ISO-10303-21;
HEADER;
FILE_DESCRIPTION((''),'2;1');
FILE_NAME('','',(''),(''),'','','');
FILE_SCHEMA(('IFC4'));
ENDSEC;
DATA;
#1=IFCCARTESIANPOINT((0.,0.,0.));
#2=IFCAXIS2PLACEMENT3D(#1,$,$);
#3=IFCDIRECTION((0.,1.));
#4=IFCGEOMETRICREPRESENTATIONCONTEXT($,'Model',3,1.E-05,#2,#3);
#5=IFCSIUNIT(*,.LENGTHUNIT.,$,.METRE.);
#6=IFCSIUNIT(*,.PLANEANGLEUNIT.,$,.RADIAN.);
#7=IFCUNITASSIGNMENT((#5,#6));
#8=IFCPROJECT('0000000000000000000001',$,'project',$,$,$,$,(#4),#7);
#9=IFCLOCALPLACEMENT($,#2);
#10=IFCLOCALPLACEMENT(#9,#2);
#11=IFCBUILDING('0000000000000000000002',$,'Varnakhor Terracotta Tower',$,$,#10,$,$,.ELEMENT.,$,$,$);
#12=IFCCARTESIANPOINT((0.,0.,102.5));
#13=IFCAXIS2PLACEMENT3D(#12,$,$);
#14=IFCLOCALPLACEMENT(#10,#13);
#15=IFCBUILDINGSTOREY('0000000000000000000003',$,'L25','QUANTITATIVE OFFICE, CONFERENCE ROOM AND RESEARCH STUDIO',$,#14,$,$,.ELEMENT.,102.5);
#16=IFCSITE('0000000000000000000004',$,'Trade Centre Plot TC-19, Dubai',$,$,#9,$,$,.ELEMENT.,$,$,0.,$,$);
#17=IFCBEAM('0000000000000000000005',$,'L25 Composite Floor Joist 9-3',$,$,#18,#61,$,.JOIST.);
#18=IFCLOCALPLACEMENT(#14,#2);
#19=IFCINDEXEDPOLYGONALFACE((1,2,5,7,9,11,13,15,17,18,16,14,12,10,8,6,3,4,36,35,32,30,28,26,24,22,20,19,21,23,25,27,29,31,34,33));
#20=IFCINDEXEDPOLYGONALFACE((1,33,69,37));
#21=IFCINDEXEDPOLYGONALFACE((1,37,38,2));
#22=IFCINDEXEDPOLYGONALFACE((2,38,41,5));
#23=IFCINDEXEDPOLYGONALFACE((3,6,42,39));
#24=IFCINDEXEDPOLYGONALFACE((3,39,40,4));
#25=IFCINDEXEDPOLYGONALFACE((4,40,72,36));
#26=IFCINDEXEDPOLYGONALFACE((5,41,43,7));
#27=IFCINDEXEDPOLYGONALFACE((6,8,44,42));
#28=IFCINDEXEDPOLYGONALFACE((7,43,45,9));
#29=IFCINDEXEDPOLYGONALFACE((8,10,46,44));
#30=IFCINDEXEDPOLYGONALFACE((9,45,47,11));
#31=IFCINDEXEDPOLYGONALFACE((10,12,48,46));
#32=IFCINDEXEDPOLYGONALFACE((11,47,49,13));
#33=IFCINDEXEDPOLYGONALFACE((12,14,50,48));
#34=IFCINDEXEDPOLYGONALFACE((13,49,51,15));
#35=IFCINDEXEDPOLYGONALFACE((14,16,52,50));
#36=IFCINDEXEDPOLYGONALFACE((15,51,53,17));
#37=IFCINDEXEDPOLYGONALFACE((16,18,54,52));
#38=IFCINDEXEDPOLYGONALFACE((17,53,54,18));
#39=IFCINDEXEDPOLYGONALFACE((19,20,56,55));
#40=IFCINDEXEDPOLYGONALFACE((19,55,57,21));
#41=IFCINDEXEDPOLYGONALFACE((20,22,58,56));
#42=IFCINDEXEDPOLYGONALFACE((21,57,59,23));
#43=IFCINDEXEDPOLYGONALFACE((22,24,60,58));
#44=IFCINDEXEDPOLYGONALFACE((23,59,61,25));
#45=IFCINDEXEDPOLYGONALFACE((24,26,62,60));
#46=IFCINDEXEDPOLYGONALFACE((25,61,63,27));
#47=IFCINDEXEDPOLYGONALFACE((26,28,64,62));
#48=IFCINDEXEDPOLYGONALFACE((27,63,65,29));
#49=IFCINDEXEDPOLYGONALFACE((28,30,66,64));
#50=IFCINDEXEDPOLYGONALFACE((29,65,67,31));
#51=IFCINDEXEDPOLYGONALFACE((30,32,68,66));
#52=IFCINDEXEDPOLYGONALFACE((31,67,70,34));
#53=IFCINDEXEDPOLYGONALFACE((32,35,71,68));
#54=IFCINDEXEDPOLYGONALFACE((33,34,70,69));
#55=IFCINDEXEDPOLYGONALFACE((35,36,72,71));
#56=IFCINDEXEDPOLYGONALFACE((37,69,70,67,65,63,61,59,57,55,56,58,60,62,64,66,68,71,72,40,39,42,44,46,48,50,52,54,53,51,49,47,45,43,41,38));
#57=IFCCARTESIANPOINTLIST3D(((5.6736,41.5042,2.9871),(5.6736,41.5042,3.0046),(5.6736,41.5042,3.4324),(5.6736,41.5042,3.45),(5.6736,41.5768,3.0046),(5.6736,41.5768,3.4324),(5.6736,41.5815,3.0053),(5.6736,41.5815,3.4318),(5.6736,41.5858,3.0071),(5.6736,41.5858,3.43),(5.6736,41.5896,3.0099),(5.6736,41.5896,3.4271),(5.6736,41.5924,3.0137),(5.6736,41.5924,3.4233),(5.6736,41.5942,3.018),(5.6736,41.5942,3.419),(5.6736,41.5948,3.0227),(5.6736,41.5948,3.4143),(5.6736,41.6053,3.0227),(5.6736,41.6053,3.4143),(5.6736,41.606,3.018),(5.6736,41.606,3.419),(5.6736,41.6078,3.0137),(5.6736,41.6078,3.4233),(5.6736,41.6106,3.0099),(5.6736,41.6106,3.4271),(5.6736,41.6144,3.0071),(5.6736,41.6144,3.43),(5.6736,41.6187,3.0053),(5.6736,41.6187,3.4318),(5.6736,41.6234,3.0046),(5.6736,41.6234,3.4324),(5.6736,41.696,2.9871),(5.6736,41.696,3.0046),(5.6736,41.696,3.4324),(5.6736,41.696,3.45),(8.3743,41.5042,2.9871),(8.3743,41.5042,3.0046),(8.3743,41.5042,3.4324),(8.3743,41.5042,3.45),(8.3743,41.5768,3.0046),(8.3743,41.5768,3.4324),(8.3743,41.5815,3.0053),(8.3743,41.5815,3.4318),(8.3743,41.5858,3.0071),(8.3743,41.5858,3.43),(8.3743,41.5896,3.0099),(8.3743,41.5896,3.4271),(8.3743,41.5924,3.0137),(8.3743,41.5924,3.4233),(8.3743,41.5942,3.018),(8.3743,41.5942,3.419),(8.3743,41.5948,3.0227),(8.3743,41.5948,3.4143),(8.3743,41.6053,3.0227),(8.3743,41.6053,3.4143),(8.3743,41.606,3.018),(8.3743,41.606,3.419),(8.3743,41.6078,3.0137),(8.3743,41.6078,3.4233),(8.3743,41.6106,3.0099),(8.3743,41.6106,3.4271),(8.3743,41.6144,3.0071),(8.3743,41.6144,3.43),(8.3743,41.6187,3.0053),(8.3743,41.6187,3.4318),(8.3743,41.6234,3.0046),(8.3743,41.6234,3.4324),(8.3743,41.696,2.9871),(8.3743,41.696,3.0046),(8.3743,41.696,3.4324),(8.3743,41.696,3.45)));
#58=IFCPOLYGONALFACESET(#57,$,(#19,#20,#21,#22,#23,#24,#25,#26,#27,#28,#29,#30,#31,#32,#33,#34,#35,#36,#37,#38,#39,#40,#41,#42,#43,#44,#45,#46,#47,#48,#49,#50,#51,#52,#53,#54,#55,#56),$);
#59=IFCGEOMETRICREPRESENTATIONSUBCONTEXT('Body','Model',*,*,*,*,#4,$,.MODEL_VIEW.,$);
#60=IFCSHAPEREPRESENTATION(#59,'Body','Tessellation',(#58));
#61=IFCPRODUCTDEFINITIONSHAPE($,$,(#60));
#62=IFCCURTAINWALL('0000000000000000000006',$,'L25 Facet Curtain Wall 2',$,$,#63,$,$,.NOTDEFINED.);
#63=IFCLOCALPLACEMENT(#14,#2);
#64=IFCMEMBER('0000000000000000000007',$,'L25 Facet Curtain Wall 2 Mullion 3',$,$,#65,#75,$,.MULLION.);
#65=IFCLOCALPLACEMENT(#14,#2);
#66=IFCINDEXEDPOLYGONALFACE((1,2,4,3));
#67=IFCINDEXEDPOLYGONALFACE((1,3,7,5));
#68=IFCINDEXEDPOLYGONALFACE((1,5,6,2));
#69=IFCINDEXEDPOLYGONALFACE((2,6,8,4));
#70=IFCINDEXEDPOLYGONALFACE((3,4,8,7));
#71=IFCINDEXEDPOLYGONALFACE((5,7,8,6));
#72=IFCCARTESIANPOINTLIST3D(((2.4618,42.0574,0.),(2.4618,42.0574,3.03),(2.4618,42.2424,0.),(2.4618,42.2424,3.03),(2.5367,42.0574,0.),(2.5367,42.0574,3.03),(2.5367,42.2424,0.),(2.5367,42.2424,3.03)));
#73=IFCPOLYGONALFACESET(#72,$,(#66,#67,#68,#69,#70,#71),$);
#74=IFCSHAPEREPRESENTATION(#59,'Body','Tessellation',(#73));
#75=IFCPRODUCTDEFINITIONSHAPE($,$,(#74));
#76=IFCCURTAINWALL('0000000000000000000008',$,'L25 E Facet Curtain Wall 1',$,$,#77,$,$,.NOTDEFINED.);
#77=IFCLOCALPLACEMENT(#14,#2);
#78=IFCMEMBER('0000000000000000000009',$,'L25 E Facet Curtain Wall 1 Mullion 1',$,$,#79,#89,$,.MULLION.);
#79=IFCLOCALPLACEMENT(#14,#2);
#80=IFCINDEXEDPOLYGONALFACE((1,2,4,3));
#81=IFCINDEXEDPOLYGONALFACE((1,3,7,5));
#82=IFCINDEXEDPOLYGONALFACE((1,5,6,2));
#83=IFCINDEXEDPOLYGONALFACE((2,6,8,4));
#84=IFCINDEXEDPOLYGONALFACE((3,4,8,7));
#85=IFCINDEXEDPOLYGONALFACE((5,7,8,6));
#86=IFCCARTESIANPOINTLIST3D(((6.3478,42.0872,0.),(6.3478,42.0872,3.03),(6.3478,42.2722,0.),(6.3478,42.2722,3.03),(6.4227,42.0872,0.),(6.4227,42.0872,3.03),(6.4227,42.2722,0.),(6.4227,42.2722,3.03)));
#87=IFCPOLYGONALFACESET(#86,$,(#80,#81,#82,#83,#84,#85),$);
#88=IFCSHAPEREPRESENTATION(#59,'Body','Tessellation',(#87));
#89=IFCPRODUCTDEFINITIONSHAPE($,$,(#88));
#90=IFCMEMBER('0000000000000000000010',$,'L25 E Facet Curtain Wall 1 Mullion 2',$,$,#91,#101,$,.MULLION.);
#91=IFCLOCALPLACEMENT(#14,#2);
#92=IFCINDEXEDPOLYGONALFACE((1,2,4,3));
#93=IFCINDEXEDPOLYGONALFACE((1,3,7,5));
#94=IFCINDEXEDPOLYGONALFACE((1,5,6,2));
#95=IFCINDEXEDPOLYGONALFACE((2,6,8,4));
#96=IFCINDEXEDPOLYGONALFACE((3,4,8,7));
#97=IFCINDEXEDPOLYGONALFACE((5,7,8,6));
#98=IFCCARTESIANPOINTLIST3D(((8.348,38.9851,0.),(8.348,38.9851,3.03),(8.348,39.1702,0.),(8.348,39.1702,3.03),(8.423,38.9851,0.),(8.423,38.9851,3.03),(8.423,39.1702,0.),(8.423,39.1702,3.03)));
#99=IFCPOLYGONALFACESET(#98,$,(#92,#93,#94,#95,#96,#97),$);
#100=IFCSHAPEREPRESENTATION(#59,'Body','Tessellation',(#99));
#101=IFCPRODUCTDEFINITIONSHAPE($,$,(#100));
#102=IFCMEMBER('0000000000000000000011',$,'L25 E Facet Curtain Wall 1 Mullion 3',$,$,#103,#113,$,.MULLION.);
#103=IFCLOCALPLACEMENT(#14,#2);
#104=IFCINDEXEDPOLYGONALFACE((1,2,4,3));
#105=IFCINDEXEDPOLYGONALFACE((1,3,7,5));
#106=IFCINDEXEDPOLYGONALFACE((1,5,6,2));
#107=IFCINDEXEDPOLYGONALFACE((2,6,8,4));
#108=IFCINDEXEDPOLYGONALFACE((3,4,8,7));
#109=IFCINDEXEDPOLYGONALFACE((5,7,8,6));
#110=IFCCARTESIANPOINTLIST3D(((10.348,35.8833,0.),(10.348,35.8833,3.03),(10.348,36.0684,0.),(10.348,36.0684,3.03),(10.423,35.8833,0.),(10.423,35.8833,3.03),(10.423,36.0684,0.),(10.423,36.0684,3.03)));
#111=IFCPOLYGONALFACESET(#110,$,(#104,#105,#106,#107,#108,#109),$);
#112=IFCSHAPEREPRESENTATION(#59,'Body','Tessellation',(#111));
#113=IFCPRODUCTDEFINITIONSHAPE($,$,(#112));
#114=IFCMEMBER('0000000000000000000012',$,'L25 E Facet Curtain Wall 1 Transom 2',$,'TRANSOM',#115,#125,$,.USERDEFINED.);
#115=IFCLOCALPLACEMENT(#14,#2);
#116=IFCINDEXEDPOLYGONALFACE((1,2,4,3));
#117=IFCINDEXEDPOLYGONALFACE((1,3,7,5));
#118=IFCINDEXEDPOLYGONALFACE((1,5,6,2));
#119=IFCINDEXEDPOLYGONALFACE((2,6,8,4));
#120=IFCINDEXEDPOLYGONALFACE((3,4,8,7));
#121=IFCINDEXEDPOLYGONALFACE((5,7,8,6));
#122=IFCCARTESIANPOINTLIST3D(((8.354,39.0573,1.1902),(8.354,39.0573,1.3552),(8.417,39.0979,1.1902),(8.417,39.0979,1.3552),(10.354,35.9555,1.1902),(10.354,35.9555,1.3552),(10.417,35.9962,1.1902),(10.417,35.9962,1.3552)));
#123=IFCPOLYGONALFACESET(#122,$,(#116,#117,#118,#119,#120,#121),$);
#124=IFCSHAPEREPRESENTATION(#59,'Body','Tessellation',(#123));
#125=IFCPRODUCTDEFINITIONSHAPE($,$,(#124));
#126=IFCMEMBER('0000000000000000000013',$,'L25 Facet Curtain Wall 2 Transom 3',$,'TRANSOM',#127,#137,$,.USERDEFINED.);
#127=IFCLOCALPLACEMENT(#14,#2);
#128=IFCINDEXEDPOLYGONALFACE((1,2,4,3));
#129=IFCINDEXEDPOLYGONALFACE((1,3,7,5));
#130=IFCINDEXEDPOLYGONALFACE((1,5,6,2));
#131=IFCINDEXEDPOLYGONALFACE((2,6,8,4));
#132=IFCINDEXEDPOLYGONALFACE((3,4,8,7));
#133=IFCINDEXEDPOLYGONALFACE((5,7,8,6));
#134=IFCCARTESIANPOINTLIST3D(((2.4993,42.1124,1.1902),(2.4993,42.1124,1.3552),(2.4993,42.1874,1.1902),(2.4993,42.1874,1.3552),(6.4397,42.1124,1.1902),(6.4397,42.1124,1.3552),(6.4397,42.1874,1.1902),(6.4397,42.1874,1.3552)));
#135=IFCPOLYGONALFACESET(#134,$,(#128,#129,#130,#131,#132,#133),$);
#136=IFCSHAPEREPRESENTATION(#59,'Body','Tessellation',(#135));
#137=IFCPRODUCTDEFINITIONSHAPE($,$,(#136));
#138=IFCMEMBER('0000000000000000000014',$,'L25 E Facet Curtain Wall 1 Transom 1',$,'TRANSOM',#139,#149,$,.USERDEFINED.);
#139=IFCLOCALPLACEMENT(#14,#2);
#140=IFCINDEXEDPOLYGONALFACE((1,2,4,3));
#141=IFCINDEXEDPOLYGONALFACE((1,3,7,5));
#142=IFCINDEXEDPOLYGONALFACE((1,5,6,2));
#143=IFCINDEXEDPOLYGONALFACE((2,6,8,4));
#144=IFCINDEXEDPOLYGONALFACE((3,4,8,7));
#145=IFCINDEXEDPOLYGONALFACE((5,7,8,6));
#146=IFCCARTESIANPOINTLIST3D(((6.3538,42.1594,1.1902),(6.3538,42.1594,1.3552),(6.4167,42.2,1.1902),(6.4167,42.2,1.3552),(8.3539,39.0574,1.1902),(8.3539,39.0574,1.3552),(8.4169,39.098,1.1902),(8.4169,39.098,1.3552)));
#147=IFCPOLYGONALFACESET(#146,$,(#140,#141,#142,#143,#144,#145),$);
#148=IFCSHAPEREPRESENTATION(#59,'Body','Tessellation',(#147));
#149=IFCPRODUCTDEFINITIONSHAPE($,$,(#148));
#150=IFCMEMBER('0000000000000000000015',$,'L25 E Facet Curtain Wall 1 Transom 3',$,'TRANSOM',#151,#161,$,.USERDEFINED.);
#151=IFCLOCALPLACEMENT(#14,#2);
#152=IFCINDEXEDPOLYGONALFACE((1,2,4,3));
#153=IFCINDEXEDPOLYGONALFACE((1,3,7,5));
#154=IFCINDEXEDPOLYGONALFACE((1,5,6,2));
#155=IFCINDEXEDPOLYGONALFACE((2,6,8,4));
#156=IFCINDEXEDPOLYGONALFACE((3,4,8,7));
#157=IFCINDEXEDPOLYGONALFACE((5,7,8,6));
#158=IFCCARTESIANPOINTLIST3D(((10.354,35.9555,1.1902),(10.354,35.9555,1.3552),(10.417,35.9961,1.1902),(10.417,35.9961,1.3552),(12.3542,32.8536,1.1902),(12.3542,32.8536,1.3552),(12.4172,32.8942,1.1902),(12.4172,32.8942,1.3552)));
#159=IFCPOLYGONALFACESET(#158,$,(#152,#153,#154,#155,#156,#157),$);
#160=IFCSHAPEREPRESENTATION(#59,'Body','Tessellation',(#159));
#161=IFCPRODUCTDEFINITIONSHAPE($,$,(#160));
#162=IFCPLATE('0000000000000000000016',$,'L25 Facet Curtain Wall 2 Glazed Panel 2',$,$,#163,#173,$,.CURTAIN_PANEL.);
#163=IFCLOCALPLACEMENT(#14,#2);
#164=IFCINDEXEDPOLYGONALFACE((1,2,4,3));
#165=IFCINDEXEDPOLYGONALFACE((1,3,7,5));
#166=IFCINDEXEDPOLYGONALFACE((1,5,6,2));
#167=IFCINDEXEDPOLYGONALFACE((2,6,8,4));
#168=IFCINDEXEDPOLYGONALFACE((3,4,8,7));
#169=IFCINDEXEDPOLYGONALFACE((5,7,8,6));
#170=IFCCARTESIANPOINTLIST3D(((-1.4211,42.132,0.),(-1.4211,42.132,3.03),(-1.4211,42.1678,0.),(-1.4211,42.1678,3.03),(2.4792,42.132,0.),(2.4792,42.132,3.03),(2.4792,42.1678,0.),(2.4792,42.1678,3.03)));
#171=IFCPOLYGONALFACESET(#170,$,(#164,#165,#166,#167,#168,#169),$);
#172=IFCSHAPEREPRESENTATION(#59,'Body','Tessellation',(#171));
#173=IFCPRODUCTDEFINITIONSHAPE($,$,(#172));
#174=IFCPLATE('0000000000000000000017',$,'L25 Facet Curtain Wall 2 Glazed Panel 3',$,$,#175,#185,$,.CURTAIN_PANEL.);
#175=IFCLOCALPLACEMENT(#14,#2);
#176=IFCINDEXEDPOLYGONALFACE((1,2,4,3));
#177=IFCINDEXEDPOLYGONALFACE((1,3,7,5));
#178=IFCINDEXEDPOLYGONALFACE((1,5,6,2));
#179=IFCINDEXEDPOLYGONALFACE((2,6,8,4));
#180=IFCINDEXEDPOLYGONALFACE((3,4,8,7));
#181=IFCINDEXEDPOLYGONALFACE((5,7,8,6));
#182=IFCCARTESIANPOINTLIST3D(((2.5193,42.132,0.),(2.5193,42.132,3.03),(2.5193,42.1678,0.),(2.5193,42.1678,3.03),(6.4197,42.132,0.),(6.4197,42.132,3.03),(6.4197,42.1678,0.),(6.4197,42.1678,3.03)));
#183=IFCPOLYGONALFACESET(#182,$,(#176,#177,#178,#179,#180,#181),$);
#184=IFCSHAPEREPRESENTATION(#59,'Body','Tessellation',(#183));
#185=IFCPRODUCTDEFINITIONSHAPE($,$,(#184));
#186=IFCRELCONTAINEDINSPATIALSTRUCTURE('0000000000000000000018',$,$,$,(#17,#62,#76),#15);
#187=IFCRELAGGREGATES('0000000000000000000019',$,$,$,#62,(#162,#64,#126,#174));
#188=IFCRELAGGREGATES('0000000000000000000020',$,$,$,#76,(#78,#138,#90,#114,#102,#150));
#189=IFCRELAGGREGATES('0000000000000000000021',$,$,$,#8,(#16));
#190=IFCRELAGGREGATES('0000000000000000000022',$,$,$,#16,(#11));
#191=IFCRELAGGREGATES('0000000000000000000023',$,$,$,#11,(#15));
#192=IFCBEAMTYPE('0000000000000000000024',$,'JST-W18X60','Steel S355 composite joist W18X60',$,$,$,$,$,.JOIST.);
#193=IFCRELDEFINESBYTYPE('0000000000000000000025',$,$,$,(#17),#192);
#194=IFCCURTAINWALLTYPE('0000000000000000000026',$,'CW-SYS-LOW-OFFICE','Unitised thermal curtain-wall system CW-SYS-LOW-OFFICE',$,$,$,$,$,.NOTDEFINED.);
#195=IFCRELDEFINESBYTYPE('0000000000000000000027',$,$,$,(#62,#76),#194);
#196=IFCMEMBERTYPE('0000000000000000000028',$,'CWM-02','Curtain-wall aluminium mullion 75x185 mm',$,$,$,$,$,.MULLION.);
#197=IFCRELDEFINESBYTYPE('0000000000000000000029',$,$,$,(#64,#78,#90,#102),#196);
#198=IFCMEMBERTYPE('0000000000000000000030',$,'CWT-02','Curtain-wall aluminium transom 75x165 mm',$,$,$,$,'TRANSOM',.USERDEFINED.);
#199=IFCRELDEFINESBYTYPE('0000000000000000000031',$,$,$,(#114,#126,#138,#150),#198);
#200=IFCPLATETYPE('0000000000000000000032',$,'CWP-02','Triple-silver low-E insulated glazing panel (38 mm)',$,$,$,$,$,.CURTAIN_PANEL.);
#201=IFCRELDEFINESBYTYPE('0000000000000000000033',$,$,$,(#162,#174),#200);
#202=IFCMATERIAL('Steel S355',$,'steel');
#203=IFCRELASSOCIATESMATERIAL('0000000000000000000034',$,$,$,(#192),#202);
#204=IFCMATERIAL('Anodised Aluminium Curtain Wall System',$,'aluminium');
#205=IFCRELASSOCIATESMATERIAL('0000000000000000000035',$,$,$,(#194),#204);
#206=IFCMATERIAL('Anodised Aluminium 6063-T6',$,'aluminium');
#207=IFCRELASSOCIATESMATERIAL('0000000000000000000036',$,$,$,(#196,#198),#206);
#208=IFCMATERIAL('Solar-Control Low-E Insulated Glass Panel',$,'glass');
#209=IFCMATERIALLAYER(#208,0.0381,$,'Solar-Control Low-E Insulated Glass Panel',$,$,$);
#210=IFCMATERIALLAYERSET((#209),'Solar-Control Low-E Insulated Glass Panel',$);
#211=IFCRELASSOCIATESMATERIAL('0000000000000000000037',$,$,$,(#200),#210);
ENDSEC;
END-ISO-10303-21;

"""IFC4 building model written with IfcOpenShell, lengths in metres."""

from ifc_helpers import new_model, si_unit, direction, frame, origin, origin_2d, place, context, subcontext, project, spatial, rectangle, i_section, extrude, source, transform, mapped, material, layer, layer_set, material_profile, profile_set, type_object, type_shapes, element, aggregate, save


model = new_model("IFC4")

# Units and contexts
model_context = context("Model", 3, precision=1e-05, world=origin(), true_north=direction((0.0, 1.0)))
body_context = subcontext(model_context, "Body", "Model", "MODEL_VIEW")
ifc_project = project(units=[si_unit("LENGTHUNIT", "METRE"), si_unit("PLANEANGLEUNIT", "RADIAN")], contexts=[model_context])

# Site, building, storey
site_placement = place(None, origin())
site = spatial("IfcSite", under=ifc_project, at=site_placement, Name="Trade Centre Plot TC-19, Dubai", CompositionType="ELEMENT", RefElevation=0.0)
building_placement = place(site_placement, origin())
building = spatial("IfcBuilding", under=site, at=building_placement, Name="Varnakhor Terracotta Tower", CompositionType="ELEMENT")
storey_placement = place(building_placement, frame((0.0, 0.0, 102.5)))
storey = spatial("IfcBuildingStorey", under=building, at=storey_placement, Name="L25", Description="QUANTITATIVE OFFICE, CONFERENCE ROOM AND RESEARCH STUDIO", CompositionType="ELEMENT", Elevation=102.5)

# Beam
ifc_material_1 = material(Name="Steel S355", Category="steel")
ifc_material_profile_1 = material_profile(ifc_material_1, i_section(OverallWidth=0.1919, OverallDepth=0.4629, WebThickness=0.0105, FlangeThickness=0.0176, FilletRadius=0.0181, at=origin_2d()), Name="W18X60")
ifc_profile_set_1 = profile_set([ifc_material_profile_1], Name="Steel S355")
beam_type_1 = type_object("IfcBeamType", Name="JST-W18X60", Description="Steel S355 composite joist W18X60", PredefinedType="JOIST", material=ifc_profile_set_1)
shared_shape_1 = source(origin(), body_context, "Body", "SweptSolid", [
    extrude(i_section(OverallWidth=0.1919, OverallDepth=0.4629, WebThickness=0.0105, FlangeThickness=0.0176, FilletRadius=0.0181, at=origin_2d()), origin(), (0.0, 0.0, 1.0), 2.7007),
])
beam_1_placement = place(storey_placement, frame((5.6736, 41.6001, 3.2185), z_axis=(1.0, 0.0, 0.0), x_axis=(0.0, 1.0, 0.0)))
element("IfcBeam", 1, at=beam_1_placement, inside=storey, type_object=beam_type_1, Name="L25 Composite Floor Joist 9-3", PredefinedType="JOIST", context=body_context, shape_type="MappedRepresentation", body=[
    mapped(shared_shape_1, transform((0.0, 0.0, 0.0), scale=1.0)),
])

# Curtain wall, member
ifc_material_2 = material(Name="Anodised Aluminium Curtain Wall System", Category="aluminium")
curtain_wall_type = type_object("IfcCurtainWallType", Name="CW-SYS-LOW-OFFICE", Description="Unitised thermal curtain-wall system CW-SYS-LOW-OFFICE", PredefinedType="NOTDEFINED", material=ifc_material_2)
curtain_wall_1_placement = place(storey_placement, origin())
curtain_wall_1 = element("IfcCurtainWall", 2, at=curtain_wall_1_placement, inside=storey, type_object=curtain_wall_type, Name="L25 Facet Curtain Wall 2", PredefinedType="NOTDEFINED")
ifc_material_3 = material(Name="Anodised Aluminium 6063-T6", Category="aluminium")
ifc_material_profile_2 = material_profile(ifc_material_3, rectangle(XDim=0.075, YDim=0.1851, at=origin_2d()), Name="ALU MULLION 75x185")
ifc_profile_set_2 = profile_set([ifc_material_profile_2], Name="Anodised Aluminium 6063-T6")
member_type_1 = type_object("IfcMemberType", Name="CWM-02", Description="Curtain-wall aluminium mullion 75x185 mm", PredefinedType="MULLION", material=ifc_profile_set_2)
shared_shape_2 = source(origin(), body_context, "Body", "SweptSolid", [
    extrude(rectangle(XDim=0.075, YDim=0.1851, at=origin_2d()), origin(), (0.0, 0.0, 1.0), 3.03),
])
type_shapes(member_type_1, [shared_shape_2])
member_1_placement = place(storey_placement, frame((2.4993, 42.1499, 0.0), z_axis=(0.0, 0.0, 1.0), x_axis=(1.0, 0.0, 0.0)))
member_1 = element("IfcMember", 3, at=member_1_placement, type_object=member_type_1, Name="L25 Facet Curtain Wall 2 Mullion 3", PredefinedType="MULLION", context=body_context, shape_type="MappedRepresentation", body=[
    mapped(shared_shape_2, transform((0.0, 0.0, 0.0), scale=1.0)),
])

# Curtain wall, members
curtain_wall_2_placement = place(storey_placement, origin())
curtain_wall_2 = element("IfcCurtainWall", 4, at=curtain_wall_2_placement, inside=storey, type_object=curtain_wall_type, Name="L25 E Facet Curtain Wall 1", PredefinedType="NOTDEFINED")
member_2_placement = place(storey_placement, frame((6.3853, 42.1797, 0.0), z_axis=(0.0, 0.0, 1.0), x_axis=(1.0, 0.0, 0.0)))
member_2 = element("IfcMember", 5, at=member_2_placement, type_object=member_type_1, Name="L25 E Facet Curtain Wall 1 Mullion 1", PredefinedType="MULLION", context=body_context, shape_type="MappedRepresentation", body=[
    mapped(shared_shape_2, transform((0.0, 0.0, 0.0), scale=1.0)),
])
member_3_placement = place(storey_placement, frame((8.3855, 39.0776, 0.0), z_axis=(0.0, 0.0, 1.0), x_axis=(1.0, 0.0, 0.0)))
member_3 = element("IfcMember", 6, at=member_3_placement, type_object=member_type_1, Name="L25 E Facet Curtain Wall 1 Mullion 2", PredefinedType="MULLION", context=body_context, shape_type="MappedRepresentation", body=[
    mapped(shared_shape_2, transform((0.0, 0.0, 0.0), scale=1.0)),
])
member_4_placement = place(storey_placement, frame((10.3855, 35.9758, 0.0), z_axis=(0.0, 0.0, 1.0), x_axis=(1.0, 0.0, 0.0)))
member_4 = element("IfcMember", 7, at=member_4_placement, type_object=member_type_1, Name="L25 E Facet Curtain Wall 1 Mullion 3", PredefinedType="MULLION", context=body_context, shape_type="MappedRepresentation", body=[
    mapped(shared_shape_2, transform((0.0, 0.0, 0.0), scale=1.0)),
])
ifc_material_profile_3 = material_profile(ifc_material_3, rectangle(XDim=0.075, YDim=0.165, at=origin_2d()), Name="ALU TRANSOM 75x165")
ifc_profile_set_3 = profile_set([ifc_material_profile_3], Name="Anodised Aluminium 6063-T6")
member_type_2 = type_object("IfcMemberType", Name="CWT-02", Description="Curtain-wall aluminium transom 75x165 mm", ElementType="TRANSOM", PredefinedType="USERDEFINED", material=ifc_profile_set_3)
shared_shape_3 = source(origin(), body_context, "Body", "SweptSolid", [
    extrude(rectangle(XDim=0.075, YDim=0.165, at=origin_2d()), origin(), (0.0, 0.0, 1.0), 3.6907),
])
member_5_placement = place(storey_placement, frame((8.3855, 39.0776, 1.2727), z_axis=(0.541904, -0.84044, 0.0), x_axis=(0.84044, 0.541904, 0.0)))
member_5 = element("IfcMember", 8, at=member_5_placement, type_object=member_type_2, Name="L25 E Facet Curtain Wall 1 Transom 2", ObjectType="TRANSOM", PredefinedType="USERDEFINED", context=body_context, shape_type="MappedRepresentation", body=[
    mapped(shared_shape_3, transform((0.0, 0.0, 0.0), scale=1.0)),
])

# Members
shared_shape_4 = source(origin(), body_context, "Body", "SweptSolid", [
    extrude(rectangle(XDim=0.075, YDim=0.165, at=origin_2d()), origin(), (0.0, 0.0, 1.0), 3.9404),
])
member_6_placement = place(storey_placement, frame((2.4993, 42.1499, 1.2727), z_axis=(1.0, 0.0, 0.0), x_axis=(0.0, 1.0, 0.0)))
member_6 = element("IfcMember", 9, at=member_6_placement, type_object=member_type_2, Name="L25 Facet Curtain Wall 2 Transom 3", ObjectType="TRANSOM", PredefinedType="USERDEFINED", context=body_context, shape_type="MappedRepresentation", body=[
    mapped(shared_shape_4, transform((0.0, 0.0, 0.0), scale=1.0)),
])
shared_shape_5 = source(origin(), body_context, "Body", "SweptSolid", [
    extrude(rectangle(XDim=0.075, YDim=0.165, at=origin_2d()), origin(), (0.0, 0.0, 1.0), 3.6909),
])
member_7_placement = place(storey_placement, frame((6.3853, 42.1797, 1.2727), z_axis=(0.54192, -0.84043, 0.0), x_axis=(0.84043, 0.54192, 0.0)))
member_7 = element("IfcMember", 10, at=member_7_placement, type_object=member_type_2, Name="L25 E Facet Curtain Wall 1 Transom 1", ObjectType="TRANSOM", PredefinedType="USERDEFINED", context=body_context, shape_type="MappedRepresentation", body=[
    mapped(shared_shape_5, transform((0.0, 0.0, 0.0), scale=1.0)),
])
member_8_placement = place(storey_placement, frame((10.3855, 35.9758, 1.2727), z_axis=(0.54192, -0.84043, 0.0), x_axis=(0.84043, 0.54192, 0.0)))
member_8 = element("IfcMember", 11, at=member_8_placement, type_object=member_type_2, Name="L25 E Facet Curtain Wall 1 Transom 3", ObjectType="TRANSOM", PredefinedType="USERDEFINED", context=body_context, shape_type="MappedRepresentation", body=[
    mapped(shared_shape_5, transform((0.0, 0.0, 0.0), scale=1.0)),
])

# Plates
ifc_material_4 = material(Name="Solar-Control Low-E Insulated Glass Panel", Category="glass")
ifc_layer = layer(ifc_material_4, 0.0381, Name="Solar-Control Low-E Insulated Glass Panel")
ifc_layer_set = layer_set([ifc_layer], Name="Solar-Control Low-E Insulated Glass Panel")
plate_type = type_object("IfcPlateType", Name="CWP-02", Description="Triple-silver low-E insulated glazing panel (38 mm)", PredefinedType="CURTAIN_PANEL", material=ifc_layer_set)
shared_shape_6 = source(origin(), body_context, "Body", "SweptSolid", [
    extrude(rectangle(XDim=3.9004, YDim=0.0359, at=origin_2d()), origin(), (0.0, 0.0, 1.0), 3.03),
])
plate_1_placement = place(storey_placement, frame((0.5291, 42.1499, 0.0), z_axis=(0.0, 0.0, 1.0), x_axis=(1.0, 0.0, 0.0)))
plate_1 = element("IfcPlate", 12, at=plate_1_placement, type_object=plate_type, Name="L25 Facet Curtain Wall 2 Glazed Panel 2", PredefinedType="CURTAIN_PANEL", context=body_context, shape_type="MappedRepresentation", body=[
    mapped(shared_shape_6, transform((0.0, 0.0, 0.0), scale=1.0)),
])
plate_2_placement = place(storey_placement, frame((4.4695, 42.1499, 0.0), z_axis=(0.0, 0.0, 1.0), x_axis=(1.0, 0.0, 0.0)))
plate_2 = element("IfcPlate", 13, at=plate_2_placement, type_object=plate_type, Name="L25 Facet Curtain Wall 2 Glazed Panel 3", PredefinedType="CURTAIN_PANEL", context=body_context, shape_type="MappedRepresentation", body=[
    mapped(shared_shape_6, transform((0.0, 0.0, 0.0), scale=1.0)),
])
aggregate(curtain_wall_1, [plate_1, member_1, member_6, plate_2])
aggregate(curtain_wall_2, [member_2, member_7, member_3, member_5, member_4, member_8])

save(model, "model.ifc")
